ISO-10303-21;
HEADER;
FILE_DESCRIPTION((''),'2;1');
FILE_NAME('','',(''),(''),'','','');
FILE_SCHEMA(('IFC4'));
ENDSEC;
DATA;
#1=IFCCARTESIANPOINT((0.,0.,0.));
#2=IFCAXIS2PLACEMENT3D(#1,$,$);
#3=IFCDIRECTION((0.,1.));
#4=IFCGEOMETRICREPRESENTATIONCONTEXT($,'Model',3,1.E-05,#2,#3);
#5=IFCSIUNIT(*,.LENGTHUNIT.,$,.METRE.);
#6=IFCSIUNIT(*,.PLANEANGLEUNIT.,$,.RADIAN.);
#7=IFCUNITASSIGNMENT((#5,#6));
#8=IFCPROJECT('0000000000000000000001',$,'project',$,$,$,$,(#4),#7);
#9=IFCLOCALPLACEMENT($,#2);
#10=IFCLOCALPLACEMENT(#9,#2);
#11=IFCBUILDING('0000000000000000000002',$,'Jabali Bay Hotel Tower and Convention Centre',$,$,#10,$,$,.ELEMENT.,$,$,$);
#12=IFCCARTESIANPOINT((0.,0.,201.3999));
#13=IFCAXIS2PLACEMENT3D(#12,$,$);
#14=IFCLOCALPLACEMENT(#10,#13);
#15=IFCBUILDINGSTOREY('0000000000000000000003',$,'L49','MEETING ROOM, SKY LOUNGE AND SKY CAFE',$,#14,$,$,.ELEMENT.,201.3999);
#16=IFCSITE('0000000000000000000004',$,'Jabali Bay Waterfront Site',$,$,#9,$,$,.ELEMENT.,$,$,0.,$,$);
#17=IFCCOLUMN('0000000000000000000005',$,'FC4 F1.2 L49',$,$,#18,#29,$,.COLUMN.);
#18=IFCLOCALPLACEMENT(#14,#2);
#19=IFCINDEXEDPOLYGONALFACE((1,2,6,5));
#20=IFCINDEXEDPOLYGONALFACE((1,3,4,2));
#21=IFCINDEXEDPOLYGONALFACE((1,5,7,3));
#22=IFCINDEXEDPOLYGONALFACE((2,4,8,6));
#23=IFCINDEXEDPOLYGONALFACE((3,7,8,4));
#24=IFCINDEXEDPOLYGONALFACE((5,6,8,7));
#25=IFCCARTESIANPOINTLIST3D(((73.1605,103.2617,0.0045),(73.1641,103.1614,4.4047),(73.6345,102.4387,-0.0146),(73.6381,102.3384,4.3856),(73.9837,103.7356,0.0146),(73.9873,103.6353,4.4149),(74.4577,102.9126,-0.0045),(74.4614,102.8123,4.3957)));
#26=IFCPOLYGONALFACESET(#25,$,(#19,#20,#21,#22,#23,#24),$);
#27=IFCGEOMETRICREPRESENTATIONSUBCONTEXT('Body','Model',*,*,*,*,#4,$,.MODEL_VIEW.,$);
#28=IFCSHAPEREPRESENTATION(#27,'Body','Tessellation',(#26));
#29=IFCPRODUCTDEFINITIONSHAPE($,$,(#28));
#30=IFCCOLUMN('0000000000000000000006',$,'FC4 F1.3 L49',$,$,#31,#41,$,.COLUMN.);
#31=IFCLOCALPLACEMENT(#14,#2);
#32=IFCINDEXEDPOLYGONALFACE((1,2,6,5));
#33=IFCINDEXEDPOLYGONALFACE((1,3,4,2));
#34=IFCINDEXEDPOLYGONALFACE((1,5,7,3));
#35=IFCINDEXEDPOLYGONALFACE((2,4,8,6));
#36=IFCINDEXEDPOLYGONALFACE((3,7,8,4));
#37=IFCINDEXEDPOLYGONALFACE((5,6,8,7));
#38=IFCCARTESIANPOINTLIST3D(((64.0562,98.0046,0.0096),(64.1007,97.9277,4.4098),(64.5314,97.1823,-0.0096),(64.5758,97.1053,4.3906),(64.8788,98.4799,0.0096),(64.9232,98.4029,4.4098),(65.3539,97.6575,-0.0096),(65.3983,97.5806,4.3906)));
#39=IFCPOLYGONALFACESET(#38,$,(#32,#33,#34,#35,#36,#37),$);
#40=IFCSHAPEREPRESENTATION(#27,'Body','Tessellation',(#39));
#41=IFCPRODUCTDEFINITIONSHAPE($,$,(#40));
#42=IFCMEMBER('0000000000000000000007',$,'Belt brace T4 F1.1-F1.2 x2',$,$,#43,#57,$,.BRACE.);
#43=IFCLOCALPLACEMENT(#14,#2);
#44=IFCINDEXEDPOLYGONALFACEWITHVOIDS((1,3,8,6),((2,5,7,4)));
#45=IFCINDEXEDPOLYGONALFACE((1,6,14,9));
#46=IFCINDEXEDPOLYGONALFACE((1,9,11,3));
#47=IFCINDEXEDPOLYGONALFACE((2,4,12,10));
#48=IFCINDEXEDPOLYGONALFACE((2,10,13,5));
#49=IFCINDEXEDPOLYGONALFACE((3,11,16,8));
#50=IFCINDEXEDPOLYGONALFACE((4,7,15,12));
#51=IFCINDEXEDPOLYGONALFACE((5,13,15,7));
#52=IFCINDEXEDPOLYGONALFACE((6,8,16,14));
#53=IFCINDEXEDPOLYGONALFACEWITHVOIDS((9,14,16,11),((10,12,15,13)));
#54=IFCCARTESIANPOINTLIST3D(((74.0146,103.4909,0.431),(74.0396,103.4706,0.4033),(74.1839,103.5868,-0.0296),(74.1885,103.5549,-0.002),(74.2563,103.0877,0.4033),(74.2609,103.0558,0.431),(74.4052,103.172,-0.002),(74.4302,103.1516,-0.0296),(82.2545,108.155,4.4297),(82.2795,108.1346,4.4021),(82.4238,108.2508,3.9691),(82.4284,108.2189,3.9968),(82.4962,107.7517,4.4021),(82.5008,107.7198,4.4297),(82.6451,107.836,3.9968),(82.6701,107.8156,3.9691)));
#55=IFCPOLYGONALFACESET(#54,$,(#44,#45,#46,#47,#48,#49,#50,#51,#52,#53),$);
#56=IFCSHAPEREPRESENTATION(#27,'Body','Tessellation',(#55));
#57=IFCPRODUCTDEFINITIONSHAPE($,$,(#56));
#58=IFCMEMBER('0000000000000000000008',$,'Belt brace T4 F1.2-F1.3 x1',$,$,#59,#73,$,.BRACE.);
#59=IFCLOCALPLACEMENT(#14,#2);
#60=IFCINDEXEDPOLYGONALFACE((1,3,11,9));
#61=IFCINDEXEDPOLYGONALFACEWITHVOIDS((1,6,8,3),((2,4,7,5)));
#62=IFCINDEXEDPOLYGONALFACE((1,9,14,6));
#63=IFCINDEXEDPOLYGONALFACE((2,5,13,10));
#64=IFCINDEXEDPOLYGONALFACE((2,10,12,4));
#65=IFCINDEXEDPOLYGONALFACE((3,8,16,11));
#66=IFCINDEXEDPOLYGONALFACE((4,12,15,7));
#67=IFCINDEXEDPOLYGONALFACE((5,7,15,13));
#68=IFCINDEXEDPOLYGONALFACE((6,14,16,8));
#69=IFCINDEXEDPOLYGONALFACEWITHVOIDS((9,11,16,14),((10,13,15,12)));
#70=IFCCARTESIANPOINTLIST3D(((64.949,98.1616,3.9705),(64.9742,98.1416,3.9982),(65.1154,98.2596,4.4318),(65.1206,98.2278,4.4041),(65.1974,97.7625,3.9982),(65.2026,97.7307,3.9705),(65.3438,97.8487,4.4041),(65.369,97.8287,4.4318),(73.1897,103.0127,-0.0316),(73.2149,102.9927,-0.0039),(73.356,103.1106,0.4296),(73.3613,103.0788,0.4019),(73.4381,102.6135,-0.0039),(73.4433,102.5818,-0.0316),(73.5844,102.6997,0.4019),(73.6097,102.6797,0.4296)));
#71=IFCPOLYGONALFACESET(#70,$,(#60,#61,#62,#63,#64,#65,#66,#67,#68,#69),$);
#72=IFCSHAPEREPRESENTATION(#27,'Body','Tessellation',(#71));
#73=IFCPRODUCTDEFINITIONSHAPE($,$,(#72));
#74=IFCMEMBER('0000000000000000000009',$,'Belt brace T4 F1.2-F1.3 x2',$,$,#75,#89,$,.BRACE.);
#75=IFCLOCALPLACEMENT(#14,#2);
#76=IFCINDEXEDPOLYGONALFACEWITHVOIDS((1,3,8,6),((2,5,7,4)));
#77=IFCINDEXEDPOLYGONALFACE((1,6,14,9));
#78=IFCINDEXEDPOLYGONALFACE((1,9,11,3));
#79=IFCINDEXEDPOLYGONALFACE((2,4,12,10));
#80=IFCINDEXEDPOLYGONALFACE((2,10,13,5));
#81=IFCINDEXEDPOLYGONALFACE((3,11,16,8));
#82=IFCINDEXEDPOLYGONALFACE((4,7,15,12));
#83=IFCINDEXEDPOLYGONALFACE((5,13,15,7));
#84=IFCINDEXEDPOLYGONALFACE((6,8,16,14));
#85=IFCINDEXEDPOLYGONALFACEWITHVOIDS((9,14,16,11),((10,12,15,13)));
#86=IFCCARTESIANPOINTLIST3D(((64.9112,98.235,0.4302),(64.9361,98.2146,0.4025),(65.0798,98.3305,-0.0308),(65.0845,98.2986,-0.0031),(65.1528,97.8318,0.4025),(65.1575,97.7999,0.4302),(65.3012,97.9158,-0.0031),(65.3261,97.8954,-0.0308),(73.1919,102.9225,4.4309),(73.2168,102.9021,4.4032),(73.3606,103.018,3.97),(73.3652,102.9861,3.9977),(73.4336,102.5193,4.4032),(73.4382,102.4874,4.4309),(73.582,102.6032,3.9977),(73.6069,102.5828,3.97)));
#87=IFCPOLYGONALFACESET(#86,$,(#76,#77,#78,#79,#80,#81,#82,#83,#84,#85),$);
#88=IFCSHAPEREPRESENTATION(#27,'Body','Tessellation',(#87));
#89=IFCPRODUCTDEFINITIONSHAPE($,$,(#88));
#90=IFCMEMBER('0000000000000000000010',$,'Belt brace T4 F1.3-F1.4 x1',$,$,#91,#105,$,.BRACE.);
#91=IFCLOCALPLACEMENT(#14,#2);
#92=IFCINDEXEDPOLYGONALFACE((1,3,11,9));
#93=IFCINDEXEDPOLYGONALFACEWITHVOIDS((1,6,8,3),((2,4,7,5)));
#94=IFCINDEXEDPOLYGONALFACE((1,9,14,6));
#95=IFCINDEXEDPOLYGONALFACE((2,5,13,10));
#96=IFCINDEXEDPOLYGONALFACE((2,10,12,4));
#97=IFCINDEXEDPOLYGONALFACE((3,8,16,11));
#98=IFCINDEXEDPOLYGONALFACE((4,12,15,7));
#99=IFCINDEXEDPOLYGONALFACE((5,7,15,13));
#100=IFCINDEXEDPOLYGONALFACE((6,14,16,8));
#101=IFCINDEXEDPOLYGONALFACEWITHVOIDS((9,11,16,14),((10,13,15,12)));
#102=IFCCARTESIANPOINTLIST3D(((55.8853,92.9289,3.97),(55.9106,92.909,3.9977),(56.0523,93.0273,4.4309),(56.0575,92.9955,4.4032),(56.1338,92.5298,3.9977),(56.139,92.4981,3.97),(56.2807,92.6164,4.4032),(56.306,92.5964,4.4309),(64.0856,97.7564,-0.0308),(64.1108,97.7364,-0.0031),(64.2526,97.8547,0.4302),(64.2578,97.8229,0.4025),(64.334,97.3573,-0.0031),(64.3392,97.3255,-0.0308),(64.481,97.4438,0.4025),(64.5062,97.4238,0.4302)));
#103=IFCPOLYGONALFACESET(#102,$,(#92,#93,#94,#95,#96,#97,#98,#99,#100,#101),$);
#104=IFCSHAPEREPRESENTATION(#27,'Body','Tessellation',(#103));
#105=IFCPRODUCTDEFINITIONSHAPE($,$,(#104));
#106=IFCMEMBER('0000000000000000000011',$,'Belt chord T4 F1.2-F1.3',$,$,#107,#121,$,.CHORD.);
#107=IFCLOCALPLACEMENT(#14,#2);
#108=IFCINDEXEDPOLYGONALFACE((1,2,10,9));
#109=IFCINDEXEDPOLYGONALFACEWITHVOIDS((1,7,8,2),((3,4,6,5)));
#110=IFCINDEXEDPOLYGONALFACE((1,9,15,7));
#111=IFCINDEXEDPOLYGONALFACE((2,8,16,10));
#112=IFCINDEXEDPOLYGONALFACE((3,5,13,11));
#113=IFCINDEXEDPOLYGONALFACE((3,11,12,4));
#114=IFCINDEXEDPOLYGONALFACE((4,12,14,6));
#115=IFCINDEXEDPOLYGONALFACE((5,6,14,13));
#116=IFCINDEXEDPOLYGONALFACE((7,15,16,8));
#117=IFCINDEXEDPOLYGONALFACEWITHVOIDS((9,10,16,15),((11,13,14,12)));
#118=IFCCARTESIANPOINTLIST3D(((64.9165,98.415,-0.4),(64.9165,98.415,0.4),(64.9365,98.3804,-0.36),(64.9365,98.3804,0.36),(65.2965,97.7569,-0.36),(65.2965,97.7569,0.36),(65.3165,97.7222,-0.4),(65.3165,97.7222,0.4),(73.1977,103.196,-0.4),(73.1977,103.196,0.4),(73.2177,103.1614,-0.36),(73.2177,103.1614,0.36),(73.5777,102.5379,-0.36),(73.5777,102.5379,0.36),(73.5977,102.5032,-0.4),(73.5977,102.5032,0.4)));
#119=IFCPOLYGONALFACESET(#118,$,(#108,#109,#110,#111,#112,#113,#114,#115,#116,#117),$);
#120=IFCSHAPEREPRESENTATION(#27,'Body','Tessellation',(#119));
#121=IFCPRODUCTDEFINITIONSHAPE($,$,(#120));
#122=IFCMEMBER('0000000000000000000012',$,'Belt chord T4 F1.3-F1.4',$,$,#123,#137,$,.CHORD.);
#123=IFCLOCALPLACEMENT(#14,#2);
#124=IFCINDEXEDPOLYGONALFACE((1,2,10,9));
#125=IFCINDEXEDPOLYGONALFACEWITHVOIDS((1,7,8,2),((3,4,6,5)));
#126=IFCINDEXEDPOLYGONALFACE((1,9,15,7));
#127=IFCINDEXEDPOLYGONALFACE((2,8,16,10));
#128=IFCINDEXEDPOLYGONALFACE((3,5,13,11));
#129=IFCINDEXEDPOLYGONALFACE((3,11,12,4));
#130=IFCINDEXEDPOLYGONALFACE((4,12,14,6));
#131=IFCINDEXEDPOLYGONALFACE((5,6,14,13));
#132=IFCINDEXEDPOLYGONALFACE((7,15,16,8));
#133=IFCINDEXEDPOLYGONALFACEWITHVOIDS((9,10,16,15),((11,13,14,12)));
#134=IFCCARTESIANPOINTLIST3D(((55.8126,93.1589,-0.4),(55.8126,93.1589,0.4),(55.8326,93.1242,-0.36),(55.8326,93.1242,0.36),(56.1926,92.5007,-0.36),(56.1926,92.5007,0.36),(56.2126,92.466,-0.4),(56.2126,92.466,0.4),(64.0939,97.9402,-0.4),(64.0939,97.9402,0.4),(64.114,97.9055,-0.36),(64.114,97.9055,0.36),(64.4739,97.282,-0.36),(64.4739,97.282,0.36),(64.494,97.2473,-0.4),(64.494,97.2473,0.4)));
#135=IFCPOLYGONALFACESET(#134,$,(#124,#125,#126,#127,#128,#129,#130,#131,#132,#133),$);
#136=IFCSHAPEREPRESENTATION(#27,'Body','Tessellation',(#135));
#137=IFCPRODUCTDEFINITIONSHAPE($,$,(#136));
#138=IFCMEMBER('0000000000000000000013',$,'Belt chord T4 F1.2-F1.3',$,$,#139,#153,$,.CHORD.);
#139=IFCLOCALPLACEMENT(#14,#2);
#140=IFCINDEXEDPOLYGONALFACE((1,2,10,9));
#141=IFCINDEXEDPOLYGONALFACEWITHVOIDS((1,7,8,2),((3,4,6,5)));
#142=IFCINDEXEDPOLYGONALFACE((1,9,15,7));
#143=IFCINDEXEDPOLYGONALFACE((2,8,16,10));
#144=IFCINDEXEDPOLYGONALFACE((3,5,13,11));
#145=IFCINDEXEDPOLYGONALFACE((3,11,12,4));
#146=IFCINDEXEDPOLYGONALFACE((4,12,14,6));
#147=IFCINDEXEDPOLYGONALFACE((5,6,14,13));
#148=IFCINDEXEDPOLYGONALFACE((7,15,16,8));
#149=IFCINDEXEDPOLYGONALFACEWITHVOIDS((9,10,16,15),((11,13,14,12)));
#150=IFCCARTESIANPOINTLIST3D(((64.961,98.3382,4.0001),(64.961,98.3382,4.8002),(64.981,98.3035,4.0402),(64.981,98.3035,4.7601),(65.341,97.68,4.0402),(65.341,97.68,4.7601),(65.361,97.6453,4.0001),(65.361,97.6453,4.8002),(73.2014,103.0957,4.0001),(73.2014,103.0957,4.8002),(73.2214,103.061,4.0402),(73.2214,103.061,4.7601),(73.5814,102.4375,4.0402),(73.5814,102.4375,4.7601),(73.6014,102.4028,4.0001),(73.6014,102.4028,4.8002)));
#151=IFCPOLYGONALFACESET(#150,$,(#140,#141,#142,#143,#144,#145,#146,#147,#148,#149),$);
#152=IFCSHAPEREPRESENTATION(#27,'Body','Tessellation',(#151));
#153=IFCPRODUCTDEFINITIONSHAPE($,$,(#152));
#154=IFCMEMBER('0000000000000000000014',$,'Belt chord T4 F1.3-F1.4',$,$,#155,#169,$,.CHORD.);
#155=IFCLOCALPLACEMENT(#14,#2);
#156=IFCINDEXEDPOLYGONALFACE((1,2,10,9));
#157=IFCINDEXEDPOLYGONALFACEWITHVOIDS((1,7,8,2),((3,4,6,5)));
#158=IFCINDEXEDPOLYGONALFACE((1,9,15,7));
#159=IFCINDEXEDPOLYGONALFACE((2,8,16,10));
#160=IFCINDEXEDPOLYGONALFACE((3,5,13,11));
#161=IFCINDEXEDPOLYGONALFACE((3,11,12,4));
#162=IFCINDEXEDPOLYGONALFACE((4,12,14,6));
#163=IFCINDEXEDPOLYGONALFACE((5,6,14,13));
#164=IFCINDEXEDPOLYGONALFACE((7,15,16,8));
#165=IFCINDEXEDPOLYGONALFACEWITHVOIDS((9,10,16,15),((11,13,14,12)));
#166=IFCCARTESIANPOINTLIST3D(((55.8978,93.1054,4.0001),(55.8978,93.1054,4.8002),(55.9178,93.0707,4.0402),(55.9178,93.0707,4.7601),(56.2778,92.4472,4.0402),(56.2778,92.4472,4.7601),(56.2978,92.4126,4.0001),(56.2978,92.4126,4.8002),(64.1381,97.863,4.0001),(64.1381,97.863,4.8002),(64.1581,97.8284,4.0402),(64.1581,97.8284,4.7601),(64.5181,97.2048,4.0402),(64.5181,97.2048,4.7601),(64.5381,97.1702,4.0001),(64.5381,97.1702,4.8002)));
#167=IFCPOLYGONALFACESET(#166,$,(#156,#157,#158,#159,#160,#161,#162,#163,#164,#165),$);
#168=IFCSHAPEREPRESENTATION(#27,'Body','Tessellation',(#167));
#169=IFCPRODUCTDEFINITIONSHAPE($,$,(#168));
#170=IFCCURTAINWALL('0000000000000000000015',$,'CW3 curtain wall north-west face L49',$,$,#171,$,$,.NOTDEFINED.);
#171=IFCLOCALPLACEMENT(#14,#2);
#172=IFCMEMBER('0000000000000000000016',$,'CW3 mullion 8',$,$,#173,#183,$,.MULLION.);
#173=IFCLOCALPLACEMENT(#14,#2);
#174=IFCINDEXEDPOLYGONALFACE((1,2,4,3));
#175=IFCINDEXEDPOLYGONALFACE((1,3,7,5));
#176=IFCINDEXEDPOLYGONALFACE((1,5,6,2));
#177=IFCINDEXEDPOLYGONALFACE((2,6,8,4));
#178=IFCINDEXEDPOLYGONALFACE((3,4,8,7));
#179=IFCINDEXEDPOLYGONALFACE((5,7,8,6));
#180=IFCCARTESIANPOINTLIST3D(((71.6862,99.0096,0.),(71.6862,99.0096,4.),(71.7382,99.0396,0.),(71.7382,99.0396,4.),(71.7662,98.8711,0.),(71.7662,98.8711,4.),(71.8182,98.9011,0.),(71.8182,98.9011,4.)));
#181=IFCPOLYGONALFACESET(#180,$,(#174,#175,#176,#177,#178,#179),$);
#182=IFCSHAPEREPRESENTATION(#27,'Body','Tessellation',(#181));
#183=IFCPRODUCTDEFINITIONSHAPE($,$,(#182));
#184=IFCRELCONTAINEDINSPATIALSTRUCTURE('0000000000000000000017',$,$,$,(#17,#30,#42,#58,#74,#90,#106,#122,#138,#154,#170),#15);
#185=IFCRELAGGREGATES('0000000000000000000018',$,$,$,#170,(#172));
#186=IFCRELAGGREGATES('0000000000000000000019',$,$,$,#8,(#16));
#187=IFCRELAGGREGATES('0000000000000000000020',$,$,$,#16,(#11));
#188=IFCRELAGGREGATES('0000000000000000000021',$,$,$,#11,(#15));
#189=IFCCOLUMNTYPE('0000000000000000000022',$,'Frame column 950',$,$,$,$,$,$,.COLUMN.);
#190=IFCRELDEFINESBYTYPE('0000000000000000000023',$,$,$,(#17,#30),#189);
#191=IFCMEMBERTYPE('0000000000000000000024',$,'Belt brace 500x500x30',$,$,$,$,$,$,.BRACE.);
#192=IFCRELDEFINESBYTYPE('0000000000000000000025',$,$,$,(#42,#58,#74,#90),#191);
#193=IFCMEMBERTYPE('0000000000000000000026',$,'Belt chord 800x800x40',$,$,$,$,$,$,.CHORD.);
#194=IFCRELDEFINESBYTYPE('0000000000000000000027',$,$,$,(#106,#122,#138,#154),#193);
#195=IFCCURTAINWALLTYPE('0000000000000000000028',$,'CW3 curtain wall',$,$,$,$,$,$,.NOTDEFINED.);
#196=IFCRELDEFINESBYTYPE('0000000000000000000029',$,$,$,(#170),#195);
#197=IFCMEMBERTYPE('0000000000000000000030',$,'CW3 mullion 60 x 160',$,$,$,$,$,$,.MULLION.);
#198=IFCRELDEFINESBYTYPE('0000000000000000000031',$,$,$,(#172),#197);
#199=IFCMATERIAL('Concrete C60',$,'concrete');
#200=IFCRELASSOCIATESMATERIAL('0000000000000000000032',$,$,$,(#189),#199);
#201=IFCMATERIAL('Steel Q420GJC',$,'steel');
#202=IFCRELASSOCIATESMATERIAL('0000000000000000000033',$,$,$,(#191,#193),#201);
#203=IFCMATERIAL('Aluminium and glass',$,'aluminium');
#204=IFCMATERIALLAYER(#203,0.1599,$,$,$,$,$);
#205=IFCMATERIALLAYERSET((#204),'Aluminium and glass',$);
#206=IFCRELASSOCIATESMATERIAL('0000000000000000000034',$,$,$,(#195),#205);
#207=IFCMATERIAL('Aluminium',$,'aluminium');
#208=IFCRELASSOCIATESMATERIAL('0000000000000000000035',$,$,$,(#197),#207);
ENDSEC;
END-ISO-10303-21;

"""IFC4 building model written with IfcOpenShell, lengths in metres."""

from ifc_helpers import new_model, si_unit, direction, frame, origin, origin_2d, place, context, subcontext, project, spatial, rectangle, hollow_rectangle, extrude, material, layer, layer_set, material_profile, profile_set, type_object, element, aggregate, save


model = new_model("IFC4")

# Units and contexts
model_context = context("Model", 3, precision=1e-05, world=origin(), true_north=direction((0.0, 1.0)))
body_context = subcontext(model_context, "Body", "Model", "MODEL_VIEW")
ifc_project = project(units=[si_unit("LENGTHUNIT", "METRE"), si_unit("PLANEANGLEUNIT", "RADIAN")], contexts=[model_context])

# Site, building, storey
site_placement = place(None, origin())
site = spatial("IfcSite", under=ifc_project, at=site_placement, Name="Jabali Bay Waterfront Site", CompositionType="ELEMENT", RefElevation=0.0)
building_placement = place(site_placement, origin())
building = spatial("IfcBuilding", under=site, at=building_placement, Name="Jabali Bay Hotel Tower and Convention Centre", CompositionType="ELEMENT")
storey_placement = place(building_placement, frame((0.0, 0.0, 201.3999)))
storey = spatial("IfcBuildingStorey", under=building, at=storey_placement, Name="L49", Description="MEETING ROOM, SKY LOUNGE AND SKY CAFE", CompositionType="ELEMENT", Elevation=201.3999)

# Columns
ifc_material_1 = material(Name="Concrete C60", Category="concrete")
ifc_material_profile_1 = material_profile(ifc_material_1, rectangle(XDim=0.95, YDim=0.95, at=origin_2d()), Name="Frame column 950")
ifc_profile_set_1 = profile_set([ifc_material_profile_1], Name="Concrete C60")
column_type = type_object("IfcColumnType", Name="Frame column 950", PredefinedType="COLUMN", material=ifc_profile_set_1)
column_1_placement = place(storey_placement, frame((73.8091, 103.0872, 0.0), z_axis=(0.000832, -0.022798, 0.99974), x_axis=(0.866597, 0.498896, 0.010656)))
element("IfcColumn", 1, at=column_1_placement, inside=storey, type_object=column_type, Name="FC4 F1.2 L49", PredefinedType="COLUMN", context=body_context, shape_type="SweptSolid", body=[
    extrude(rectangle(XDim=0.95, YDim=0.95, at=origin_2d()), origin(), (0.0, 0.0, 1.0), 4.4014),
])
column_2_placement = place(storey_placement, frame((64.7051, 97.8311, 0.0), z_axis=(0.010096, -0.017474, 0.999796), x_axis=(-0.500172, 0.865691, 0.020181)))
element("IfcColumn", 2, at=column_2_placement, inside=storey, type_object=column_type, Name="FC4 F1.3 L49", PredefinedType="COLUMN", context=body_context, shape_type="SweptSolid", body=[
    extrude(rectangle(XDim=0.95, YDim=0.95, at=origin_2d()), origin(), (0.0, 0.0, 1.0), 4.4011),
])

# Members
ifc_material_2 = material(Name="Steel Q420GJC", Category="steel")
ifc_material_profile_2 = material_profile(ifc_material_2, hollow_rectangle(XDim=0.5, YDim=0.5, WallThickness=0.03, at=origin_2d()), Name="Belt brace 500x500x30")
ifc_profile_set_2 = profile_set([ifc_material_profile_2], Name="Steel Q420GJC")
member_type_1 = type_object("IfcMemberType", Name="Belt brace 500x500x30", PredefinedType="BRACE", material=ifc_profile_set_2)
member_1_placement = place(storey_placement, frame((74.2224, 103.3213, 0.2007), z_axis=(0.801697, 0.453783, 0.389055), x_axis=(-0.492592, 0.870261, 0.0)))
element("IfcMember", 3, at=member_1_placement, inside=storey, type_object=member_type_1, Name="Belt brace T4 F1.1-F1.2 x2", PredefinedType="BRACE", context=body_context, shape_type="SweptSolid", body=[
    extrude(hollow_rectangle(XDim=0.5, YDim=0.5, WallThickness=0.03, at=origin_2d()), origin(), (0.0, 0.0, 1.0), 10.2781),
])
member_2_placement = place(storey_placement, frame((73.3997, 102.8462, 0.199), z_axis=(-0.794954, -0.467966, 0.386078), x_axis=(0.507299, -0.86177, 0.0)))
element("IfcMember", 4, at=member_2_placement, inside=storey, type_object=member_type_1, Name="Belt brace T4 F1.2-F1.3 x1", PredefinedType="BRACE", context=body_context, shape_type="SweptSolid", body=[
    extrude(hollow_rectangle(XDim=0.5, YDim=0.5, WallThickness=0.03, at=origin_2d()), origin(), (0.0, 0.0, 1.0), 10.3662),
])
member_3_placement = place(storey_placement, frame((65.1187, 98.0652, 0.1997), z_axis=(0.802222, 0.454115, 0.387582), x_axis=(-0.49262, 0.870244, 0.0)))
element("IfcMember", 5, at=member_3_placement, inside=storey, type_object=member_type_1, Name="Belt brace T4 F1.2-F1.3 x2", PredefinedType="BRACE", context=body_context, shape_type="SweptSolid", body=[
    extrude(hollow_rectangle(XDim=0.5, YDim=0.5, WallThickness=0.03, at=origin_2d()), origin(), (0.0, 0.0, 1.0), 10.3223),
])
member_4_placement = place(storey_placement, frame((64.2959, 97.5901, 0.1997), z_axis=(-0.794405, -0.46766, 0.387576), x_axis=(0.507313, -0.861762, 0.0)))
element("IfcMember", 6, at=member_4_placement, inside=storey, type_object=member_type_1, Name="Belt brace T4 F1.3-F1.4 x1", PredefinedType="BRACE", context=body_context, shape_type="SweptSolid", body=[
    extrude(hollow_rectangle(XDim=0.5, YDim=0.5, WallThickness=0.03, at=origin_2d()), origin(), (0.0, 0.0, 1.0), 10.3225),
])
ifc_material_profile_3 = material_profile(ifc_material_2, hollow_rectangle(XDim=0.8, YDim=0.8, WallThickness=0.04, at=origin_2d()), Name="Belt chord 800x800x40")
ifc_profile_set_3 = profile_set([ifc_material_profile_3], Name="Steel Q420GJC")
member_type_2 = type_object("IfcMemberType", Name="Belt chord 800x800x40", PredefinedType="CHORD", material=ifc_profile_set_3)
member_5_placement = place(storey_placement, frame((73.3977, 102.8496, 0.0), z_axis=(-0.866033, -0.499986, 0.0), x_axis=(0.499986, -0.866033, 0.0)))
element("IfcMember", 7, at=member_5_placement, inside=storey, type_object=member_type_2, Name="Belt chord T4 F1.2-F1.3", PredefinedType="CHORD", context=body_context, shape_type="SweptSolid", body=[
    extrude(hollow_rectangle(XDim=0.8, YDim=0.8, WallThickness=0.04, at=origin_2d()), origin(), (0.0, 0.0, 1.0), 9.5623),
])
member_6_placement = place(storey_placement, frame((64.2939, 97.5938, 0.0), z_axis=(-0.866022, -0.500005, 0.0), x_axis=(0.500005, -0.866022, 0.0)))
element("IfcMember", 8, at=member_6_placement, inside=storey, type_object=member_type_2, Name="Belt chord T4 F1.3-F1.4", PredefinedType="CHORD", context=body_context, shape_type="SweptSolid", body=[
    extrude(hollow_rectangle(XDim=0.8, YDim=0.8, WallThickness=0.04, at=origin_2d()), origin(), (0.0, 0.0, 1.0), 9.5625),
])
for number, where, z_axis, x_axis, name in (
    (9, (73.4014, 102.7493, 4.4001), (-0.866029, -0.499994, 0.0), (0.499994, -0.866029, 0.0), "Belt chord T4 F1.2-F1.3"),
    (10, (64.3381, 97.5166, 4.4001), (-0.866022, -0.500005, 0.0), (0.500005, -0.866022, 0.0), "Belt chord T4 F1.3-F1.4"),
):
    element("IfcMember", number, at=place(storey_placement, frame(where, z_axis=z_axis, x_axis=x_axis)), inside=storey, type_object=member_type_2, Name=name, PredefinedType="CHORD", context=body_context, shape_type="SweptSolid", body=[
        extrude(hollow_rectangle(XDim=0.8, YDim=0.8, WallThickness=0.04, at=origin_2d()), origin(), (0.0, 0.0, 1.0), 9.5151),
    ])

# Curtain wall, member
ifc_material_3 = material(Name="Aluminium and glass", Category="aluminium")
ifc_layer_1 = layer(ifc_material_3, 0.1599)
ifc_layer_set_1 = layer_set([ifc_layer_1], Name="Aluminium and glass")
curtain_wall_type = type_object("IfcCurtainWallType", Name="CW3 curtain wall", PredefinedType="NOTDEFINED", material=ifc_layer_set_1)
curtain_wall_placement = place(storey_placement, origin())
curtain_wall = element("IfcCurtainWall", 11, at=curtain_wall_placement, inside=storey, type_object=curtain_wall_type, Name="CW3 curtain wall north-west face L49", PredefinedType="NOTDEFINED")
ifc_material_4 = material(Name="Aluminium", Category="aluminium")
ifc_material_profile_4 = material_profile(ifc_material_4, rectangle(XDim=0.1599, YDim=0.0601, at=origin_2d()), Name="CW3 mullion 60 x 160")
ifc_profile_set_4 = profile_set([ifc_material_profile_4], Name="Aluminium")
member_type_3 = type_object("IfcMemberType", Name="CW3 mullion 60 x 160", PredefinedType="MULLION", material=ifc_profile_set_4)
member_7_placement = place(storey_placement, frame((71.7522, 98.9553, 0.0), z_axis=(0.0, 0.0, 1.0), x_axis=(-0.5, 0.866025, 0.0)))
member_7 = element("IfcMember", 12, at=member_7_placement, type_object=member_type_3, Name="CW3 mullion 8", PredefinedType="MULLION", context=body_context, shape_type="SweptSolid", body=[
    extrude(rectangle(XDim=0.1599, YDim=0.0601, at=origin_2d()), origin(), (0.0, 0.0, 1.0), 4.0),
])
aggregate(curtain_wall, [member_7])

save(model, "model.ifc")
